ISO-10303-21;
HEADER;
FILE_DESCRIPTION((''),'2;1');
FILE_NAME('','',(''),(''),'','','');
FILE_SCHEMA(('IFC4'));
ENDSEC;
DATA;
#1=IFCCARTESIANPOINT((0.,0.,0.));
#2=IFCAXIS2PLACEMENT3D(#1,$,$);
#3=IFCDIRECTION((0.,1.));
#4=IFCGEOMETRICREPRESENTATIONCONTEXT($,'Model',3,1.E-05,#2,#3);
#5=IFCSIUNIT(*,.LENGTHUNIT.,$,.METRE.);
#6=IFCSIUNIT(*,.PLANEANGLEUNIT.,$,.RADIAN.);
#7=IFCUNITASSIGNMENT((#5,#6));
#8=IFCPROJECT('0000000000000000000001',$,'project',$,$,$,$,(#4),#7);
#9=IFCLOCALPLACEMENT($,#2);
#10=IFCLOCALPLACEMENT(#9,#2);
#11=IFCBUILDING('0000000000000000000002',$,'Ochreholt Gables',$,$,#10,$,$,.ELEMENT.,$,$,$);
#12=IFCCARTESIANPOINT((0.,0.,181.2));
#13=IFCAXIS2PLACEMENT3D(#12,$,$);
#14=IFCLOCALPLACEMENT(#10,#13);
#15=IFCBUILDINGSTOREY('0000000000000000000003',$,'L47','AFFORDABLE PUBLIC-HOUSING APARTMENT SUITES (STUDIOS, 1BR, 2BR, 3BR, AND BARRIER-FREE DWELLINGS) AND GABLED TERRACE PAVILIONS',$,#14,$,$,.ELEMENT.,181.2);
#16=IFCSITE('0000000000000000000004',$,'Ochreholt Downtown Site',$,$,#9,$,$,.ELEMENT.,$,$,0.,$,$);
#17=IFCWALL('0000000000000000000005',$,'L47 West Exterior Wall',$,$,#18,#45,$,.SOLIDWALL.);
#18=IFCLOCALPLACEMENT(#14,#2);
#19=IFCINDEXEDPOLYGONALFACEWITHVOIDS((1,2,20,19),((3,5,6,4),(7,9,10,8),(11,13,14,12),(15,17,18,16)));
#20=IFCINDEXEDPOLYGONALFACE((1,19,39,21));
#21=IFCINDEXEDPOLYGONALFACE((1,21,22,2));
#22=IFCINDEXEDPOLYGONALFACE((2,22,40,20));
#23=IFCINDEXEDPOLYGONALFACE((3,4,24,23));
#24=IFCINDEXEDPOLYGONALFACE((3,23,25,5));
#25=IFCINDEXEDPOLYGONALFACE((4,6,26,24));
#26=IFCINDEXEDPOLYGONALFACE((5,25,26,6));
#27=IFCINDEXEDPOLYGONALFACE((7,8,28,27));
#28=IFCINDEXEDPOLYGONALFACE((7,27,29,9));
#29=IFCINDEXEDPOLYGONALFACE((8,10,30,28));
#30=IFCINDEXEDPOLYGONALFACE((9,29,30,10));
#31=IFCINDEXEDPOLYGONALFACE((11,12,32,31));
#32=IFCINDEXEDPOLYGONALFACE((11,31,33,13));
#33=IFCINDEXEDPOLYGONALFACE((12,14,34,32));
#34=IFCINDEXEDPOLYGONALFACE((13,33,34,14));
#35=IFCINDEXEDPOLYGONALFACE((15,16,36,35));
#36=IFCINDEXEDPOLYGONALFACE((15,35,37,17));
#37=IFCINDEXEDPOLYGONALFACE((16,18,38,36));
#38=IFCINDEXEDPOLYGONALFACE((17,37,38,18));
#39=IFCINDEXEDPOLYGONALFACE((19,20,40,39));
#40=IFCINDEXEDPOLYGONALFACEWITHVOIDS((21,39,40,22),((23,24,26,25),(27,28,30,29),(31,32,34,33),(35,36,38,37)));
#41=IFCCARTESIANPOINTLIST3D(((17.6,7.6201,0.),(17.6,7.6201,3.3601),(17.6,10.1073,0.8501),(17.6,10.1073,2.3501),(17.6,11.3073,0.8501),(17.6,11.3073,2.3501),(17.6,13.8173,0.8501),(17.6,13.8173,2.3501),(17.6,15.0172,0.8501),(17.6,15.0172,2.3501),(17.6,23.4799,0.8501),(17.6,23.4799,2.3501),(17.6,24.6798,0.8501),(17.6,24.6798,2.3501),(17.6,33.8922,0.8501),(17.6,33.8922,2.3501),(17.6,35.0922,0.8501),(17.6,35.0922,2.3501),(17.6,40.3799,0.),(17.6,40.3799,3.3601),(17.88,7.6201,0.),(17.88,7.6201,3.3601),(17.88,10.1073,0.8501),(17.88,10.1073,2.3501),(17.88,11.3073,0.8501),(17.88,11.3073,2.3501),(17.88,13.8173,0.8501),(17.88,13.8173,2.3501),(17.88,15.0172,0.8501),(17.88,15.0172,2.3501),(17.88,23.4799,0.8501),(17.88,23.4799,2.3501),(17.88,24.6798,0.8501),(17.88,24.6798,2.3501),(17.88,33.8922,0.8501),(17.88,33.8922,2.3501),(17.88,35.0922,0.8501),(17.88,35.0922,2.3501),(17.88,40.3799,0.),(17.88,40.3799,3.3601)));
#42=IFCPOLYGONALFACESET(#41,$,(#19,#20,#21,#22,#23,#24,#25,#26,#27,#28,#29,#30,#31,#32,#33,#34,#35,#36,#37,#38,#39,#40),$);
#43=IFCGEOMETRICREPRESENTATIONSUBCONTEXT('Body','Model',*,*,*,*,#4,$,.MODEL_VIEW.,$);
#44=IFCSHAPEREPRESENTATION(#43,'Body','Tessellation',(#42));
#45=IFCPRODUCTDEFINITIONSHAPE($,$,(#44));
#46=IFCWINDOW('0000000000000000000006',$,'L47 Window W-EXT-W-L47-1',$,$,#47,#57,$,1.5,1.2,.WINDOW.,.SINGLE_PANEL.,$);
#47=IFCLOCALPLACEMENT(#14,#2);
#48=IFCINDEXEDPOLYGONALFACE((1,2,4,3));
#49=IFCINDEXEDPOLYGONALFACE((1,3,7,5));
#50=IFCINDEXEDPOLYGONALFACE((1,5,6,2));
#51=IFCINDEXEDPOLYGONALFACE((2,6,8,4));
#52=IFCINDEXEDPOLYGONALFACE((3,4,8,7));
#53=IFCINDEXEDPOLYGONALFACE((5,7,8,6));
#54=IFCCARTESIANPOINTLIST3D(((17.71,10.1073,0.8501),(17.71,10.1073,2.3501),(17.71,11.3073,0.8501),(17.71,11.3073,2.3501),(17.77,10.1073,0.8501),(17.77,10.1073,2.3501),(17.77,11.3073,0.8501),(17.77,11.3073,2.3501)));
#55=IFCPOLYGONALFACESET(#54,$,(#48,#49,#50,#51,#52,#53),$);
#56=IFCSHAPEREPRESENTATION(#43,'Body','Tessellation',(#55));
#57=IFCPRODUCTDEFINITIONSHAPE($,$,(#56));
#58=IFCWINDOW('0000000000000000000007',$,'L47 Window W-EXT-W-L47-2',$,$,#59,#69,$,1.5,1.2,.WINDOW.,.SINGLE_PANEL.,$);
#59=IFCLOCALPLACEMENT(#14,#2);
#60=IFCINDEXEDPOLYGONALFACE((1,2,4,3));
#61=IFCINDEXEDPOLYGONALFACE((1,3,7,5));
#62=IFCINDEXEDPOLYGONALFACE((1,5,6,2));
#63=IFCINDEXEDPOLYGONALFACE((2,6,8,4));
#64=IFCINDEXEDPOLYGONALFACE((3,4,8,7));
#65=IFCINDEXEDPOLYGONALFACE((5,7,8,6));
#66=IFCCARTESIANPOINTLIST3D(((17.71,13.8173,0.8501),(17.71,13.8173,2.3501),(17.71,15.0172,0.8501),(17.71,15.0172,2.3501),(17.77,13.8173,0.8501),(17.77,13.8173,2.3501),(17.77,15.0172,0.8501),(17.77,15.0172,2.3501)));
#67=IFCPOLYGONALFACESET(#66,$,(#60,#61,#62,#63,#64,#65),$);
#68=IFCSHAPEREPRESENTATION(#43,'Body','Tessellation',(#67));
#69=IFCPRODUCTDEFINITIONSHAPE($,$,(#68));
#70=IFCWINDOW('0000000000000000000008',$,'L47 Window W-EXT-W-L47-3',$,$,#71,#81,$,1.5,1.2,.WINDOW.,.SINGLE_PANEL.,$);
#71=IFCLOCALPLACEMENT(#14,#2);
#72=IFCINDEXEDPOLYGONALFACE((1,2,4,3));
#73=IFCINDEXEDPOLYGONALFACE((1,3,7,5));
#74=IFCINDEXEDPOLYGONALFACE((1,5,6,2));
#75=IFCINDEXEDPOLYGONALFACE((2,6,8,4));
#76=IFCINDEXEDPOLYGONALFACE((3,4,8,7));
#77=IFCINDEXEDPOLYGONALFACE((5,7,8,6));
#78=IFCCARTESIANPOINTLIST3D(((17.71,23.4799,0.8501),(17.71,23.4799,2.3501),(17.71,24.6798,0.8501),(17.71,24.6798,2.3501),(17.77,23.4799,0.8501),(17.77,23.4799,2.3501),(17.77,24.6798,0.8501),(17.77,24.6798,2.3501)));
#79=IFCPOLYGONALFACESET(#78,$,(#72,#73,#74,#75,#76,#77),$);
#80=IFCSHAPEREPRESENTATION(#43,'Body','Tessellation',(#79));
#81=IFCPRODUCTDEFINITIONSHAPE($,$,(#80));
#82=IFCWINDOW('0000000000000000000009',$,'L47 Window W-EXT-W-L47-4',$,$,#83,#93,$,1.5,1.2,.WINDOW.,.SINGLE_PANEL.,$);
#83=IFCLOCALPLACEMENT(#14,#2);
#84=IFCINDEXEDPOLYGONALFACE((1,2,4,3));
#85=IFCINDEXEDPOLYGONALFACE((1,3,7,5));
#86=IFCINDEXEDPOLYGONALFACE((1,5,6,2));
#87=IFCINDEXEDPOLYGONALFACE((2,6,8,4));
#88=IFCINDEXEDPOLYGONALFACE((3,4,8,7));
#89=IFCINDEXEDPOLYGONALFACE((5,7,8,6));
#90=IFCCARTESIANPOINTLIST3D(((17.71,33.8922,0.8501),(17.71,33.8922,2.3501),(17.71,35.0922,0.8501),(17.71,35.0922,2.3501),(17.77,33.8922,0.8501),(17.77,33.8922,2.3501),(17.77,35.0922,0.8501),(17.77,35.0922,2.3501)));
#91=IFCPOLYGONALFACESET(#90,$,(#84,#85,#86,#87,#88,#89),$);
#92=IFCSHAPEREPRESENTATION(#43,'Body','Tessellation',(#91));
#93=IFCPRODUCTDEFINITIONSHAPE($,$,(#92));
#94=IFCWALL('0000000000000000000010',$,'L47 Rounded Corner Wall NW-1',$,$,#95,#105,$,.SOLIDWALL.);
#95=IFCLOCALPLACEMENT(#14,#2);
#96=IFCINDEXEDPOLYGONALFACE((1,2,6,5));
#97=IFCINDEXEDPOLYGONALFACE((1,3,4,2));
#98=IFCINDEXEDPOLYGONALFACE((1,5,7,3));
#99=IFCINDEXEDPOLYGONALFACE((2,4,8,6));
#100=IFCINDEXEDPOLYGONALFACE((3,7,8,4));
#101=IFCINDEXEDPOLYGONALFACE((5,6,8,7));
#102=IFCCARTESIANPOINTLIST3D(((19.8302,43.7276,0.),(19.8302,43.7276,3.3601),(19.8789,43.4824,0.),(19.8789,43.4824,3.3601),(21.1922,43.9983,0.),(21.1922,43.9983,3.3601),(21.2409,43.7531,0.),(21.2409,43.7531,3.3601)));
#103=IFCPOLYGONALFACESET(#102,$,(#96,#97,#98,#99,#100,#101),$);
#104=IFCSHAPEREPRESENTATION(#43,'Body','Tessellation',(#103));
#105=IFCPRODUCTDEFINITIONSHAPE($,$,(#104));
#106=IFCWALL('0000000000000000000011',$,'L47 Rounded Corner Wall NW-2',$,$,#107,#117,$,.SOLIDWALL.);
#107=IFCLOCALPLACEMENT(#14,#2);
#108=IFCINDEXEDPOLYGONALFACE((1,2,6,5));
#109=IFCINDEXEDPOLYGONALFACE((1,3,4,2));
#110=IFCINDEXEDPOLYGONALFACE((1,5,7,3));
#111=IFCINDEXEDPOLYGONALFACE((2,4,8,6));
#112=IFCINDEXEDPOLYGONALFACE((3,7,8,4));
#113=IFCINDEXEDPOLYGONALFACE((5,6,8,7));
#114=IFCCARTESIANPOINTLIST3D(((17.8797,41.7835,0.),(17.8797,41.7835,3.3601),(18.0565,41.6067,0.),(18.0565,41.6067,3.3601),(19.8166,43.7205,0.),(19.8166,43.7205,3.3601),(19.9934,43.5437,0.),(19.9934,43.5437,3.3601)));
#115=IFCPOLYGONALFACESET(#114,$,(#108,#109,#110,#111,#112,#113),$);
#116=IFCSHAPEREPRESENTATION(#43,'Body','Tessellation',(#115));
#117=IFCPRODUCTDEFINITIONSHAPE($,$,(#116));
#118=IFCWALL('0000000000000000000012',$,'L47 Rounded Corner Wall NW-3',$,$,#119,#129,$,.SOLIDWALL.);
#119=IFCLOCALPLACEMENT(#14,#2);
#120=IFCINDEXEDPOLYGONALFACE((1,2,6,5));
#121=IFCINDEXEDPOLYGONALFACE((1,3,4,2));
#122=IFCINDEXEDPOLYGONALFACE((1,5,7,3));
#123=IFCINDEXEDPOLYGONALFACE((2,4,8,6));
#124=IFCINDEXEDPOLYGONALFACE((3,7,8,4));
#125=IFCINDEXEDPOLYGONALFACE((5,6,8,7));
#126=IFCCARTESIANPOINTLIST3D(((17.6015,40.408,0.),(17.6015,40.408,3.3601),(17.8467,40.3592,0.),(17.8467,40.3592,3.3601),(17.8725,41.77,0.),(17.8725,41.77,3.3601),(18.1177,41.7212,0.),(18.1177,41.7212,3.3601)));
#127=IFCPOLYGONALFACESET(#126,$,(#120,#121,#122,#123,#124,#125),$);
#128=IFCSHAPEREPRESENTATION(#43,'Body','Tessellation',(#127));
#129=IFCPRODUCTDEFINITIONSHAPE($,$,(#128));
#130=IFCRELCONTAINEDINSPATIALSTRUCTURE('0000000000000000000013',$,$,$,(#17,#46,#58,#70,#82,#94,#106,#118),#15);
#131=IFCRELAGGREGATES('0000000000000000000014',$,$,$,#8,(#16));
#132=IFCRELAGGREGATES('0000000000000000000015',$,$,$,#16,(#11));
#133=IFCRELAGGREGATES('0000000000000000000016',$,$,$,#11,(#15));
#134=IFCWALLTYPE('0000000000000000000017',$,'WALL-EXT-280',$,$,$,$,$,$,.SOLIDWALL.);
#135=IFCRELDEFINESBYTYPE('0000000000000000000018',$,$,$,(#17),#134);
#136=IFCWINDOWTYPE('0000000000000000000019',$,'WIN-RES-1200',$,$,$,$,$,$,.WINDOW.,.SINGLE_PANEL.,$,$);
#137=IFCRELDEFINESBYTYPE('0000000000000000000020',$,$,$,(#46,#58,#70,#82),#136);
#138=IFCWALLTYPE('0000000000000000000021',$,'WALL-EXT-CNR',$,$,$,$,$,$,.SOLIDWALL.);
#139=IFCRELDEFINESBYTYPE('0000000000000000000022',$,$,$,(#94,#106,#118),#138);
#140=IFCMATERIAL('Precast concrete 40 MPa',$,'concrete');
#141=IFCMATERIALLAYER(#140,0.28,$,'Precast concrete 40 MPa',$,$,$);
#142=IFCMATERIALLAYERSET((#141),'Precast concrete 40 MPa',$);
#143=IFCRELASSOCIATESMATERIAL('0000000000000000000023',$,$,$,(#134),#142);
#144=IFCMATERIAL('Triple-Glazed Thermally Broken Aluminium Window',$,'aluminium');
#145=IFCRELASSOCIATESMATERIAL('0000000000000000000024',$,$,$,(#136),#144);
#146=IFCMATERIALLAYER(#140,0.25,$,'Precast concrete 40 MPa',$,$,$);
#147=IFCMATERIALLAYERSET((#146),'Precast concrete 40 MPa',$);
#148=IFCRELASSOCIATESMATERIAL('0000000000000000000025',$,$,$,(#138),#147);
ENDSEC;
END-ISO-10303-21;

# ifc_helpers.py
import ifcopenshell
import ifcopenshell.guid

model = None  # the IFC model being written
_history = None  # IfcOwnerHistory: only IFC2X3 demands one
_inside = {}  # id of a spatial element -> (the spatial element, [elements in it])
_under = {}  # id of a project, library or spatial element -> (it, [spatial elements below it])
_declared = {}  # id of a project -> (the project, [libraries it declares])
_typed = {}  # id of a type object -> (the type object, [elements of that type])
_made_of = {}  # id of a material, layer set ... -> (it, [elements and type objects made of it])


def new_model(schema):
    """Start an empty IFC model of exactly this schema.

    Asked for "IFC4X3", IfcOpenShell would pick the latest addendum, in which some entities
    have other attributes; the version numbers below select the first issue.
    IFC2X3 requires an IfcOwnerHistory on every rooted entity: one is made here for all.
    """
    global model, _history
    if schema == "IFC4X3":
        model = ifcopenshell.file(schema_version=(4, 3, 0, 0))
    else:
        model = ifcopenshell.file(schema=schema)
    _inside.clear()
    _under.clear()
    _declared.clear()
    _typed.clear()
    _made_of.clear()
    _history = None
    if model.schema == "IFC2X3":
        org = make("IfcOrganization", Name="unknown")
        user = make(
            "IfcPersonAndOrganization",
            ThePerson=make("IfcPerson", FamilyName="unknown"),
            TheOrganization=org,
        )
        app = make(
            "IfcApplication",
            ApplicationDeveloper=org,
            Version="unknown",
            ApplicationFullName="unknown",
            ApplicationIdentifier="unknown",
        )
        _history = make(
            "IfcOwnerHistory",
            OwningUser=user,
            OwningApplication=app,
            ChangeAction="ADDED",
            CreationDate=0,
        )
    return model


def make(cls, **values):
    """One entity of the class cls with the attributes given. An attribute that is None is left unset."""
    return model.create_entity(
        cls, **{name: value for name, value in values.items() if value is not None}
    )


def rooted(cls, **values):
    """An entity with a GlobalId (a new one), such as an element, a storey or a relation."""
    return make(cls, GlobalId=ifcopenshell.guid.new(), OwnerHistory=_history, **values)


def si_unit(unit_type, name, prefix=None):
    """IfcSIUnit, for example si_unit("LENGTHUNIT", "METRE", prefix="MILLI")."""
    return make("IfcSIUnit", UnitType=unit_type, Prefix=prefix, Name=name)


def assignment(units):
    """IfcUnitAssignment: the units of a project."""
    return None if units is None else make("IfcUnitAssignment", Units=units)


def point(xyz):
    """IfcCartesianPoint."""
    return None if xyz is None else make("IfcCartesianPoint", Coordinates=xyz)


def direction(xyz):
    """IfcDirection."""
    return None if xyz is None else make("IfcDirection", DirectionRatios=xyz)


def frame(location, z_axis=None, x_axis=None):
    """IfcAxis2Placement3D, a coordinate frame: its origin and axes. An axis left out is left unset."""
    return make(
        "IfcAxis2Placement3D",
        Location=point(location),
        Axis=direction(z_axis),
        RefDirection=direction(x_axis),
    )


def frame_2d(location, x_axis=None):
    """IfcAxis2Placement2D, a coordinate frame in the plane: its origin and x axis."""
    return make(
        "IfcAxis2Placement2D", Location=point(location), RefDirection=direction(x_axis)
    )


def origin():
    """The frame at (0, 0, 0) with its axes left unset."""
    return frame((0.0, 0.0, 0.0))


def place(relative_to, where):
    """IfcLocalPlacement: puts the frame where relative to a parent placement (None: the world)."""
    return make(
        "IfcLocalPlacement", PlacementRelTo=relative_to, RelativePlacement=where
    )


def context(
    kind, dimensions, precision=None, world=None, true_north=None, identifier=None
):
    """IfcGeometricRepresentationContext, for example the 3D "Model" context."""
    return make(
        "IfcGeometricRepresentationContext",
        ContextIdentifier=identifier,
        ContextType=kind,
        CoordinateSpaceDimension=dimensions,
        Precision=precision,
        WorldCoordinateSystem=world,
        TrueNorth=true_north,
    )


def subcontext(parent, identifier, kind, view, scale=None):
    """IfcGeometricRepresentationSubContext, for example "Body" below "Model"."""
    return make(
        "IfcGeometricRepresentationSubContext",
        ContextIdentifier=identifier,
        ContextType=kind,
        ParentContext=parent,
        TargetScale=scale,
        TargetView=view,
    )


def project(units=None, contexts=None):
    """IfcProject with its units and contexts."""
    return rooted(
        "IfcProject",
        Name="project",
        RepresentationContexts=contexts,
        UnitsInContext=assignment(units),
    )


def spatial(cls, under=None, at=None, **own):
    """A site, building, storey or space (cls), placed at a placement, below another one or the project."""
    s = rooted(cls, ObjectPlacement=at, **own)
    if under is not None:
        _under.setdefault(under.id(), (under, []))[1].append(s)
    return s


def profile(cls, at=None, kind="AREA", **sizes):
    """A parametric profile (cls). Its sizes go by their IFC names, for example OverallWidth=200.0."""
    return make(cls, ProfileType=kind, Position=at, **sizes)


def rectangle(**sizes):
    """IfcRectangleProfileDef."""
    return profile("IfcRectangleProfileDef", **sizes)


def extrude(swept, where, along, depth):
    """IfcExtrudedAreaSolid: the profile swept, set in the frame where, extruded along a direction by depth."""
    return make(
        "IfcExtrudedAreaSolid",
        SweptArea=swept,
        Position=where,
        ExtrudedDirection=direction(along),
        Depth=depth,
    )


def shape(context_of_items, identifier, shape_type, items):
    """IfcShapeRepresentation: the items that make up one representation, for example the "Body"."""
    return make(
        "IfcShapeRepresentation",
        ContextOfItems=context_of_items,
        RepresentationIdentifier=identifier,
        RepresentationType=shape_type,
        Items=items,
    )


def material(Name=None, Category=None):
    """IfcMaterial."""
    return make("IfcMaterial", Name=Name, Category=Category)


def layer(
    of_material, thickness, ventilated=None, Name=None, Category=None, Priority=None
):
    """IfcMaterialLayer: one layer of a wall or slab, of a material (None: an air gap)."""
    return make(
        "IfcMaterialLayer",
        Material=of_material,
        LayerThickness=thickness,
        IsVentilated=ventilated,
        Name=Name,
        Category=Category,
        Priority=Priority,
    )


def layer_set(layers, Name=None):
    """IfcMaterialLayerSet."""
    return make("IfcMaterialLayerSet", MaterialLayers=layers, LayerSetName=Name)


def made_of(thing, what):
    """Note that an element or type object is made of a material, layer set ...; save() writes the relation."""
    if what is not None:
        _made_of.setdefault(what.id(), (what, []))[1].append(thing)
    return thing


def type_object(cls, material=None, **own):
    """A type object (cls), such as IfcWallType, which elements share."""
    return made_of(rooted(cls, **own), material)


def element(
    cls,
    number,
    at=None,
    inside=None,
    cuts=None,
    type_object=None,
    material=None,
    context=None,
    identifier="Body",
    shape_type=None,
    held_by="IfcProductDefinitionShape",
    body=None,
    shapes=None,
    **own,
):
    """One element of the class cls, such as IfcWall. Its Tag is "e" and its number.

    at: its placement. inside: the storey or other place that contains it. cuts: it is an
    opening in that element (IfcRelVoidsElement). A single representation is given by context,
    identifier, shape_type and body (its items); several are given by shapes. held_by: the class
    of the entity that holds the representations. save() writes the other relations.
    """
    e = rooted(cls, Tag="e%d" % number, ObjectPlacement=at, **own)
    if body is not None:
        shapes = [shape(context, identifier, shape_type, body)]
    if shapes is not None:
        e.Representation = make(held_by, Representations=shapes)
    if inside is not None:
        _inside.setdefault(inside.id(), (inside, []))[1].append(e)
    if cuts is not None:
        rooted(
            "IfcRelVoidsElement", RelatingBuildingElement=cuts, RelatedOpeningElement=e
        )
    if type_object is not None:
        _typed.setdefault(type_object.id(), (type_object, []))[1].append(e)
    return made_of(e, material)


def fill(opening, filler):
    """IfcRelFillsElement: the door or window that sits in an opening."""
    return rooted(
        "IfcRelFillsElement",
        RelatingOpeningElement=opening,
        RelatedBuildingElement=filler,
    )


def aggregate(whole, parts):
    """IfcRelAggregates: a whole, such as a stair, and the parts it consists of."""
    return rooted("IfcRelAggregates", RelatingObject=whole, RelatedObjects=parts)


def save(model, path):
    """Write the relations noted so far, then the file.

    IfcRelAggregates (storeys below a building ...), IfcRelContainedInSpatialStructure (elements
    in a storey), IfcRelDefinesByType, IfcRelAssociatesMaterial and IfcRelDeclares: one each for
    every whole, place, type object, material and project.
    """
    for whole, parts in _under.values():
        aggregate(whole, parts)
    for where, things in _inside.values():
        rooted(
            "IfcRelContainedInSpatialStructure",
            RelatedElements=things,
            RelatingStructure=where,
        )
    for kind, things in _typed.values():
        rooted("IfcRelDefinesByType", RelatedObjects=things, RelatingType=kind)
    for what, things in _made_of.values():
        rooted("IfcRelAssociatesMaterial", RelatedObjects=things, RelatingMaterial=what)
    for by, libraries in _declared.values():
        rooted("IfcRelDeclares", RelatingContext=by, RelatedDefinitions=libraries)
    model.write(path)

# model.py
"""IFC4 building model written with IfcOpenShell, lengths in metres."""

from ifc_helpers import new_model, si_unit, direction, frame, frame_2d, origin, place, context, subcontext, project, spatial, rectangle, extrude, material, layer, layer_set, type_object, element, fill, save


model = new_model("IFC4")

# Units and contexts
model_context = context("Model", 3, precision=1e-05, world=origin(), true_north=direction((0.0, 1.0)))
body_context = subcontext(model_context, "Body", "Model", "MODEL_VIEW")
ifc_project = project(units=[si_unit("LENGTHUNIT", "METRE"), si_unit("PLANEANGLEUNIT", "RADIAN")], contexts=[model_context])

# Site, building, storey
site_placement = place(None, origin())
site = spatial("IfcSite", under=ifc_project, at=site_placement, Name="Ochreholt Downtown Site", CompositionType="ELEMENT", RefElevation=0.0)
building_placement = place(site_placement, origin())
building = spatial("IfcBuilding", under=site, at=building_placement, Name="Ochreholt Gables", CompositionType="ELEMENT")
storey_placement = place(building_placement, frame((0.0, 0.0, 181.2)))
storey = spatial("IfcBuildingStorey", under=building, at=storey_placement, Name="L47", Description="AFFORDABLE PUBLIC-HOUSING APARTMENT SUITES (STUDIOS, 1BR, 2BR, 3BR, AND BARRIER-FREE DWELLINGS) AND GABLED TERRACE PAVILIONS", CompositionType="ELEMENT", Elevation=181.2)

# Wall, openings, windows
ifc_material_1 = material(Name="Precast concrete 40 MPa", Category="concrete")
ifc_layer_1 = layer(ifc_material_1, 0.28, Name="Precast concrete 40 MPa")
ifc_layer_set_1 = layer_set([ifc_layer_1], Name="Precast concrete 40 MPa")
wall_type_1 = type_object("IfcWallType", Name="WALL-EXT-280", PredefinedType="SOLIDWALL", material=ifc_layer_set_1)
wall_1_placement = place(storey_placement, frame((17.74, 40.3799, 0.0), z_axis=(0.0, 0.0, 1.0), x_axis=(0.0, -1.0, 0.0)))
wall_1 = element("IfcWall", 1, at=wall_1_placement, inside=storey, type_object=wall_type_1, Name="L47 West Exterior Wall", PredefinedType="SOLIDWALL", context=body_context, shape_type="SweptSolid", body=[
    extrude(rectangle(XDim=32.7598, YDim=0.28, at=frame_2d((16.3799, 0.0))), origin(), (0.0, 0.0, 1.0), 3.3601),
])
opening_1_placement = place(wall_1_placement, frame((29.0725, 0.0, 0.8501)))
opening_1 = element("IfcOpeningElement", 2, at=opening_1_placement, cuts=wall_1, PredefinedType="OPENING", context=body_context, shape_type="SweptSolid", body=[
    extrude(rectangle(XDim=1.2, YDim=1.5, at=frame_2d((0.6001, 0.75))), frame((0.0, 0.1499, 0.0), z_axis=(0.0, -1.0, 0.0), x_axis=(1.0, 0.0, 0.0)), (0.0, 0.0, 1.0), 0.3),
])
opening_2_placement = place(wall_1_placement, frame((25.3625, 0.0, 0.8501)))
opening_2 = element("IfcOpeningElement", 3, at=opening_2_placement, cuts=wall_1, PredefinedType="OPENING", context=body_context, shape_type="SweptSolid", body=[
    extrude(rectangle(XDim=1.2, YDim=1.5, at=frame_2d((0.6001, 0.75))), frame((0.0, 0.1499, 0.0), z_axis=(0.0, -1.0, 0.0), x_axis=(1.0, 0.0, 0.0)), (0.0, 0.0, 1.0), 0.3),
])
opening_3_placement = place(wall_1_placement, frame((15.7, 0.0, 0.8501)))
opening_3 = element("IfcOpeningElement", 4, at=opening_3_placement, cuts=wall_1, PredefinedType="OPENING", context=body_context, shape_type="SweptSolid", body=[
    extrude(rectangle(XDim=1.2, YDim=1.5, at=frame_2d((0.6001, 0.75))), frame((0.0, 0.1499, 0.0), z_axis=(0.0, -1.0, 0.0), x_axis=(1.0, 0.0, 0.0)), (0.0, 0.0, 1.0), 0.3),
])
opening_4_placement = place(wall_1_placement, frame((5.2876, 0.0, 0.8501)))
opening_4 = element("IfcOpeningElement", 5, at=opening_4_placement, cuts=wall_1, PredefinedType="OPENING", context=body_context, shape_type="SweptSolid", body=[
    extrude(rectangle(XDim=1.2, YDim=1.5, at=frame_2d((0.6001, 0.75))), frame((0.0, 0.1499, 0.0), z_axis=(0.0, -1.0, 0.0), x_axis=(1.0, 0.0, 0.0)), (0.0, 0.0, 1.0), 0.3),
])
ifc_material_2 = material(Name="Triple-Glazed Thermally Broken Aluminium Window", Category="aluminium")
window_type = type_object("IfcWindowType", Name="WIN-RES-1200", PartitioningType="SINGLE_PANEL", PredefinedType="WINDOW", material=ifc_material_2)
window_1_placement = place(opening_1_placement, origin())
window_1 = element("IfcWindow", 6, at=window_1_placement, inside=storey, type_object=window_type, Name="L47 Window W-EXT-W-L47-1", OverallHeight=1.5, OverallWidth=1.2, PartitioningType="SINGLE_PANEL", PredefinedType="WINDOW", context=body_context, shape_type="SweptSolid", body=[
    extrude(rectangle(XDim=1.2, YDim=1.5, at=frame_2d((0.6001, 0.75))), frame((0.0, 0.03, 0.0), z_axis=(0.0, -1.0, 0.0), x_axis=(1.0, 0.0, 0.0)), (0.0, 0.0, 1.0), 0.0601),
])
fill(opening_1, window_1)
window_2_placement = place(opening_2_placement, origin())
window_2 = element("IfcWindow", 7, at=window_2_placement, inside=storey, type_object=window_type, Name="L47 Window W-EXT-W-L47-2", OverallHeight=1.5, OverallWidth=1.2, PartitioningType="SINGLE_PANEL", PredefinedType="WINDOW", context=body_context, shape_type="SweptSolid", body=[
    extrude(rectangle(XDim=1.2, YDim=1.5, at=frame_2d((0.6001, 0.75))), frame((0.0, 0.03, 0.0), z_axis=(0.0, -1.0, 0.0), x_axis=(1.0, 0.0, 0.0)), (0.0, 0.0, 1.0), 0.0601),
])
fill(opening_2, window_2)
window_3_placement = place(opening_3_placement, origin())
window_3 = element("IfcWindow", 8, at=window_3_placement, inside=storey, type_object=window_type, Name="L47 Window W-EXT-W-L47-3", OverallHeight=1.5, OverallWidth=1.2, PartitioningType="SINGLE_PANEL", PredefinedType="WINDOW", context=body_context, shape_type="SweptSolid", body=[
    extrude(rectangle(XDim=1.2, YDim=1.5, at=frame_2d((0.6001, 0.75))), frame((0.0, 0.03, 0.0), z_axis=(0.0, -1.0, 0.0), x_axis=(1.0, 0.0, 0.0)), (0.0, 0.0, 1.0), 0.0601),
])
fill(opening_3, window_3)
window_4_placement = place(opening_4_placement, origin())
window_4 = element("IfcWindow", 9, at=window_4_placement, inside=storey, type_object=window_type, Name="L47 Window W-EXT-W-L47-4", OverallHeight=1.5, OverallWidth=1.2, PartitioningType="SINGLE_PANEL", PredefinedType="WINDOW", context=body_context, shape_type="SweptSolid", body=[
    extrude(rectangle(XDim=1.2, YDim=1.5, at=frame_2d((0.6001, 0.75))), frame((0.0, 0.03, 0.0), z_axis=(0.0, -1.0, 0.0), x_axis=(1.0, 0.0, 0.0)), (0.0, 0.0, 1.0), 0.0601),
])
fill(opening_4, window_4)

# Walls
ifc_layer_2 = layer(ifc_material_1, 0.25, Name="Precast concrete 40 MPa")
ifc_layer_set_2 = layer_set([ifc_layer_2], Name="Precast concrete 40 MPa")
wall_type_2 = type_object("IfcWallType", Name="WALL-EXT-CNR", PredefinedType="SOLIDWALL", material=ifc_layer_set_2)
wall_2_placement = place(storey_placement, frame((21.2166, 43.8757, 0.0), z_axis=(0.0, 0.0, 1.0), x_axis=(-0.98081, -0.194967, 0.0)))
element("IfcWall", 10, at=wall_2_placement, inside=storey, type_object=wall_type_2, Name="L47 Rounded Corner Wall NW-1", PredefinedType="SOLIDWALL", context=body_context, shape_type="SweptSolid", body=[
    extrude(rectangle(XDim=1.3887, YDim=0.25, at=frame_2d((0.6943, 0.0))), origin(), (0.0, 0.0, 1.0), 3.3601),
])
wall_3_placement = place(storey_placement, frame((19.905, 43.6321, 0.0), z_axis=(0.0, 0.0, 1.0), x_axis=(-0.707107, -0.707107, 0.0)))
element("IfcWall", 11, at=wall_3_placement, inside=storey, type_object=wall_type_2, Name="L47 Rounded Corner Wall NW-2", PredefinedType="SOLIDWALL", context=body_context, shape_type="SweptSolid", body=[
    extrude(rectangle(XDim=2.7393, YDim=0.25, at=frame_2d((1.3696, 0.0))), origin(), (0.0, 0.0, 1.0), 3.3601),
])
wall_4_placement = place(storey_placement, frame((17.9951, 41.7456, 0.0), z_axis=(0.0, 0.0, 1.0), x_axis=(-0.195136, -0.980776, 0.0)))
element("IfcWall", 12, at=wall_4_placement, inside=storey, type_object=wall_type_2, Name="L47 Rounded Corner Wall NW-3", PredefinedType="SOLIDWALL", context=body_context, shape_type="SweptSolid", body=[
    extrude(rectangle(XDim=1.3887, YDim=0.25, at=frame_2d((0.6943, 0.0))), origin(), (0.0, 0.0, 1.0), 3.3601),
])

save(model, "model.ifc")
